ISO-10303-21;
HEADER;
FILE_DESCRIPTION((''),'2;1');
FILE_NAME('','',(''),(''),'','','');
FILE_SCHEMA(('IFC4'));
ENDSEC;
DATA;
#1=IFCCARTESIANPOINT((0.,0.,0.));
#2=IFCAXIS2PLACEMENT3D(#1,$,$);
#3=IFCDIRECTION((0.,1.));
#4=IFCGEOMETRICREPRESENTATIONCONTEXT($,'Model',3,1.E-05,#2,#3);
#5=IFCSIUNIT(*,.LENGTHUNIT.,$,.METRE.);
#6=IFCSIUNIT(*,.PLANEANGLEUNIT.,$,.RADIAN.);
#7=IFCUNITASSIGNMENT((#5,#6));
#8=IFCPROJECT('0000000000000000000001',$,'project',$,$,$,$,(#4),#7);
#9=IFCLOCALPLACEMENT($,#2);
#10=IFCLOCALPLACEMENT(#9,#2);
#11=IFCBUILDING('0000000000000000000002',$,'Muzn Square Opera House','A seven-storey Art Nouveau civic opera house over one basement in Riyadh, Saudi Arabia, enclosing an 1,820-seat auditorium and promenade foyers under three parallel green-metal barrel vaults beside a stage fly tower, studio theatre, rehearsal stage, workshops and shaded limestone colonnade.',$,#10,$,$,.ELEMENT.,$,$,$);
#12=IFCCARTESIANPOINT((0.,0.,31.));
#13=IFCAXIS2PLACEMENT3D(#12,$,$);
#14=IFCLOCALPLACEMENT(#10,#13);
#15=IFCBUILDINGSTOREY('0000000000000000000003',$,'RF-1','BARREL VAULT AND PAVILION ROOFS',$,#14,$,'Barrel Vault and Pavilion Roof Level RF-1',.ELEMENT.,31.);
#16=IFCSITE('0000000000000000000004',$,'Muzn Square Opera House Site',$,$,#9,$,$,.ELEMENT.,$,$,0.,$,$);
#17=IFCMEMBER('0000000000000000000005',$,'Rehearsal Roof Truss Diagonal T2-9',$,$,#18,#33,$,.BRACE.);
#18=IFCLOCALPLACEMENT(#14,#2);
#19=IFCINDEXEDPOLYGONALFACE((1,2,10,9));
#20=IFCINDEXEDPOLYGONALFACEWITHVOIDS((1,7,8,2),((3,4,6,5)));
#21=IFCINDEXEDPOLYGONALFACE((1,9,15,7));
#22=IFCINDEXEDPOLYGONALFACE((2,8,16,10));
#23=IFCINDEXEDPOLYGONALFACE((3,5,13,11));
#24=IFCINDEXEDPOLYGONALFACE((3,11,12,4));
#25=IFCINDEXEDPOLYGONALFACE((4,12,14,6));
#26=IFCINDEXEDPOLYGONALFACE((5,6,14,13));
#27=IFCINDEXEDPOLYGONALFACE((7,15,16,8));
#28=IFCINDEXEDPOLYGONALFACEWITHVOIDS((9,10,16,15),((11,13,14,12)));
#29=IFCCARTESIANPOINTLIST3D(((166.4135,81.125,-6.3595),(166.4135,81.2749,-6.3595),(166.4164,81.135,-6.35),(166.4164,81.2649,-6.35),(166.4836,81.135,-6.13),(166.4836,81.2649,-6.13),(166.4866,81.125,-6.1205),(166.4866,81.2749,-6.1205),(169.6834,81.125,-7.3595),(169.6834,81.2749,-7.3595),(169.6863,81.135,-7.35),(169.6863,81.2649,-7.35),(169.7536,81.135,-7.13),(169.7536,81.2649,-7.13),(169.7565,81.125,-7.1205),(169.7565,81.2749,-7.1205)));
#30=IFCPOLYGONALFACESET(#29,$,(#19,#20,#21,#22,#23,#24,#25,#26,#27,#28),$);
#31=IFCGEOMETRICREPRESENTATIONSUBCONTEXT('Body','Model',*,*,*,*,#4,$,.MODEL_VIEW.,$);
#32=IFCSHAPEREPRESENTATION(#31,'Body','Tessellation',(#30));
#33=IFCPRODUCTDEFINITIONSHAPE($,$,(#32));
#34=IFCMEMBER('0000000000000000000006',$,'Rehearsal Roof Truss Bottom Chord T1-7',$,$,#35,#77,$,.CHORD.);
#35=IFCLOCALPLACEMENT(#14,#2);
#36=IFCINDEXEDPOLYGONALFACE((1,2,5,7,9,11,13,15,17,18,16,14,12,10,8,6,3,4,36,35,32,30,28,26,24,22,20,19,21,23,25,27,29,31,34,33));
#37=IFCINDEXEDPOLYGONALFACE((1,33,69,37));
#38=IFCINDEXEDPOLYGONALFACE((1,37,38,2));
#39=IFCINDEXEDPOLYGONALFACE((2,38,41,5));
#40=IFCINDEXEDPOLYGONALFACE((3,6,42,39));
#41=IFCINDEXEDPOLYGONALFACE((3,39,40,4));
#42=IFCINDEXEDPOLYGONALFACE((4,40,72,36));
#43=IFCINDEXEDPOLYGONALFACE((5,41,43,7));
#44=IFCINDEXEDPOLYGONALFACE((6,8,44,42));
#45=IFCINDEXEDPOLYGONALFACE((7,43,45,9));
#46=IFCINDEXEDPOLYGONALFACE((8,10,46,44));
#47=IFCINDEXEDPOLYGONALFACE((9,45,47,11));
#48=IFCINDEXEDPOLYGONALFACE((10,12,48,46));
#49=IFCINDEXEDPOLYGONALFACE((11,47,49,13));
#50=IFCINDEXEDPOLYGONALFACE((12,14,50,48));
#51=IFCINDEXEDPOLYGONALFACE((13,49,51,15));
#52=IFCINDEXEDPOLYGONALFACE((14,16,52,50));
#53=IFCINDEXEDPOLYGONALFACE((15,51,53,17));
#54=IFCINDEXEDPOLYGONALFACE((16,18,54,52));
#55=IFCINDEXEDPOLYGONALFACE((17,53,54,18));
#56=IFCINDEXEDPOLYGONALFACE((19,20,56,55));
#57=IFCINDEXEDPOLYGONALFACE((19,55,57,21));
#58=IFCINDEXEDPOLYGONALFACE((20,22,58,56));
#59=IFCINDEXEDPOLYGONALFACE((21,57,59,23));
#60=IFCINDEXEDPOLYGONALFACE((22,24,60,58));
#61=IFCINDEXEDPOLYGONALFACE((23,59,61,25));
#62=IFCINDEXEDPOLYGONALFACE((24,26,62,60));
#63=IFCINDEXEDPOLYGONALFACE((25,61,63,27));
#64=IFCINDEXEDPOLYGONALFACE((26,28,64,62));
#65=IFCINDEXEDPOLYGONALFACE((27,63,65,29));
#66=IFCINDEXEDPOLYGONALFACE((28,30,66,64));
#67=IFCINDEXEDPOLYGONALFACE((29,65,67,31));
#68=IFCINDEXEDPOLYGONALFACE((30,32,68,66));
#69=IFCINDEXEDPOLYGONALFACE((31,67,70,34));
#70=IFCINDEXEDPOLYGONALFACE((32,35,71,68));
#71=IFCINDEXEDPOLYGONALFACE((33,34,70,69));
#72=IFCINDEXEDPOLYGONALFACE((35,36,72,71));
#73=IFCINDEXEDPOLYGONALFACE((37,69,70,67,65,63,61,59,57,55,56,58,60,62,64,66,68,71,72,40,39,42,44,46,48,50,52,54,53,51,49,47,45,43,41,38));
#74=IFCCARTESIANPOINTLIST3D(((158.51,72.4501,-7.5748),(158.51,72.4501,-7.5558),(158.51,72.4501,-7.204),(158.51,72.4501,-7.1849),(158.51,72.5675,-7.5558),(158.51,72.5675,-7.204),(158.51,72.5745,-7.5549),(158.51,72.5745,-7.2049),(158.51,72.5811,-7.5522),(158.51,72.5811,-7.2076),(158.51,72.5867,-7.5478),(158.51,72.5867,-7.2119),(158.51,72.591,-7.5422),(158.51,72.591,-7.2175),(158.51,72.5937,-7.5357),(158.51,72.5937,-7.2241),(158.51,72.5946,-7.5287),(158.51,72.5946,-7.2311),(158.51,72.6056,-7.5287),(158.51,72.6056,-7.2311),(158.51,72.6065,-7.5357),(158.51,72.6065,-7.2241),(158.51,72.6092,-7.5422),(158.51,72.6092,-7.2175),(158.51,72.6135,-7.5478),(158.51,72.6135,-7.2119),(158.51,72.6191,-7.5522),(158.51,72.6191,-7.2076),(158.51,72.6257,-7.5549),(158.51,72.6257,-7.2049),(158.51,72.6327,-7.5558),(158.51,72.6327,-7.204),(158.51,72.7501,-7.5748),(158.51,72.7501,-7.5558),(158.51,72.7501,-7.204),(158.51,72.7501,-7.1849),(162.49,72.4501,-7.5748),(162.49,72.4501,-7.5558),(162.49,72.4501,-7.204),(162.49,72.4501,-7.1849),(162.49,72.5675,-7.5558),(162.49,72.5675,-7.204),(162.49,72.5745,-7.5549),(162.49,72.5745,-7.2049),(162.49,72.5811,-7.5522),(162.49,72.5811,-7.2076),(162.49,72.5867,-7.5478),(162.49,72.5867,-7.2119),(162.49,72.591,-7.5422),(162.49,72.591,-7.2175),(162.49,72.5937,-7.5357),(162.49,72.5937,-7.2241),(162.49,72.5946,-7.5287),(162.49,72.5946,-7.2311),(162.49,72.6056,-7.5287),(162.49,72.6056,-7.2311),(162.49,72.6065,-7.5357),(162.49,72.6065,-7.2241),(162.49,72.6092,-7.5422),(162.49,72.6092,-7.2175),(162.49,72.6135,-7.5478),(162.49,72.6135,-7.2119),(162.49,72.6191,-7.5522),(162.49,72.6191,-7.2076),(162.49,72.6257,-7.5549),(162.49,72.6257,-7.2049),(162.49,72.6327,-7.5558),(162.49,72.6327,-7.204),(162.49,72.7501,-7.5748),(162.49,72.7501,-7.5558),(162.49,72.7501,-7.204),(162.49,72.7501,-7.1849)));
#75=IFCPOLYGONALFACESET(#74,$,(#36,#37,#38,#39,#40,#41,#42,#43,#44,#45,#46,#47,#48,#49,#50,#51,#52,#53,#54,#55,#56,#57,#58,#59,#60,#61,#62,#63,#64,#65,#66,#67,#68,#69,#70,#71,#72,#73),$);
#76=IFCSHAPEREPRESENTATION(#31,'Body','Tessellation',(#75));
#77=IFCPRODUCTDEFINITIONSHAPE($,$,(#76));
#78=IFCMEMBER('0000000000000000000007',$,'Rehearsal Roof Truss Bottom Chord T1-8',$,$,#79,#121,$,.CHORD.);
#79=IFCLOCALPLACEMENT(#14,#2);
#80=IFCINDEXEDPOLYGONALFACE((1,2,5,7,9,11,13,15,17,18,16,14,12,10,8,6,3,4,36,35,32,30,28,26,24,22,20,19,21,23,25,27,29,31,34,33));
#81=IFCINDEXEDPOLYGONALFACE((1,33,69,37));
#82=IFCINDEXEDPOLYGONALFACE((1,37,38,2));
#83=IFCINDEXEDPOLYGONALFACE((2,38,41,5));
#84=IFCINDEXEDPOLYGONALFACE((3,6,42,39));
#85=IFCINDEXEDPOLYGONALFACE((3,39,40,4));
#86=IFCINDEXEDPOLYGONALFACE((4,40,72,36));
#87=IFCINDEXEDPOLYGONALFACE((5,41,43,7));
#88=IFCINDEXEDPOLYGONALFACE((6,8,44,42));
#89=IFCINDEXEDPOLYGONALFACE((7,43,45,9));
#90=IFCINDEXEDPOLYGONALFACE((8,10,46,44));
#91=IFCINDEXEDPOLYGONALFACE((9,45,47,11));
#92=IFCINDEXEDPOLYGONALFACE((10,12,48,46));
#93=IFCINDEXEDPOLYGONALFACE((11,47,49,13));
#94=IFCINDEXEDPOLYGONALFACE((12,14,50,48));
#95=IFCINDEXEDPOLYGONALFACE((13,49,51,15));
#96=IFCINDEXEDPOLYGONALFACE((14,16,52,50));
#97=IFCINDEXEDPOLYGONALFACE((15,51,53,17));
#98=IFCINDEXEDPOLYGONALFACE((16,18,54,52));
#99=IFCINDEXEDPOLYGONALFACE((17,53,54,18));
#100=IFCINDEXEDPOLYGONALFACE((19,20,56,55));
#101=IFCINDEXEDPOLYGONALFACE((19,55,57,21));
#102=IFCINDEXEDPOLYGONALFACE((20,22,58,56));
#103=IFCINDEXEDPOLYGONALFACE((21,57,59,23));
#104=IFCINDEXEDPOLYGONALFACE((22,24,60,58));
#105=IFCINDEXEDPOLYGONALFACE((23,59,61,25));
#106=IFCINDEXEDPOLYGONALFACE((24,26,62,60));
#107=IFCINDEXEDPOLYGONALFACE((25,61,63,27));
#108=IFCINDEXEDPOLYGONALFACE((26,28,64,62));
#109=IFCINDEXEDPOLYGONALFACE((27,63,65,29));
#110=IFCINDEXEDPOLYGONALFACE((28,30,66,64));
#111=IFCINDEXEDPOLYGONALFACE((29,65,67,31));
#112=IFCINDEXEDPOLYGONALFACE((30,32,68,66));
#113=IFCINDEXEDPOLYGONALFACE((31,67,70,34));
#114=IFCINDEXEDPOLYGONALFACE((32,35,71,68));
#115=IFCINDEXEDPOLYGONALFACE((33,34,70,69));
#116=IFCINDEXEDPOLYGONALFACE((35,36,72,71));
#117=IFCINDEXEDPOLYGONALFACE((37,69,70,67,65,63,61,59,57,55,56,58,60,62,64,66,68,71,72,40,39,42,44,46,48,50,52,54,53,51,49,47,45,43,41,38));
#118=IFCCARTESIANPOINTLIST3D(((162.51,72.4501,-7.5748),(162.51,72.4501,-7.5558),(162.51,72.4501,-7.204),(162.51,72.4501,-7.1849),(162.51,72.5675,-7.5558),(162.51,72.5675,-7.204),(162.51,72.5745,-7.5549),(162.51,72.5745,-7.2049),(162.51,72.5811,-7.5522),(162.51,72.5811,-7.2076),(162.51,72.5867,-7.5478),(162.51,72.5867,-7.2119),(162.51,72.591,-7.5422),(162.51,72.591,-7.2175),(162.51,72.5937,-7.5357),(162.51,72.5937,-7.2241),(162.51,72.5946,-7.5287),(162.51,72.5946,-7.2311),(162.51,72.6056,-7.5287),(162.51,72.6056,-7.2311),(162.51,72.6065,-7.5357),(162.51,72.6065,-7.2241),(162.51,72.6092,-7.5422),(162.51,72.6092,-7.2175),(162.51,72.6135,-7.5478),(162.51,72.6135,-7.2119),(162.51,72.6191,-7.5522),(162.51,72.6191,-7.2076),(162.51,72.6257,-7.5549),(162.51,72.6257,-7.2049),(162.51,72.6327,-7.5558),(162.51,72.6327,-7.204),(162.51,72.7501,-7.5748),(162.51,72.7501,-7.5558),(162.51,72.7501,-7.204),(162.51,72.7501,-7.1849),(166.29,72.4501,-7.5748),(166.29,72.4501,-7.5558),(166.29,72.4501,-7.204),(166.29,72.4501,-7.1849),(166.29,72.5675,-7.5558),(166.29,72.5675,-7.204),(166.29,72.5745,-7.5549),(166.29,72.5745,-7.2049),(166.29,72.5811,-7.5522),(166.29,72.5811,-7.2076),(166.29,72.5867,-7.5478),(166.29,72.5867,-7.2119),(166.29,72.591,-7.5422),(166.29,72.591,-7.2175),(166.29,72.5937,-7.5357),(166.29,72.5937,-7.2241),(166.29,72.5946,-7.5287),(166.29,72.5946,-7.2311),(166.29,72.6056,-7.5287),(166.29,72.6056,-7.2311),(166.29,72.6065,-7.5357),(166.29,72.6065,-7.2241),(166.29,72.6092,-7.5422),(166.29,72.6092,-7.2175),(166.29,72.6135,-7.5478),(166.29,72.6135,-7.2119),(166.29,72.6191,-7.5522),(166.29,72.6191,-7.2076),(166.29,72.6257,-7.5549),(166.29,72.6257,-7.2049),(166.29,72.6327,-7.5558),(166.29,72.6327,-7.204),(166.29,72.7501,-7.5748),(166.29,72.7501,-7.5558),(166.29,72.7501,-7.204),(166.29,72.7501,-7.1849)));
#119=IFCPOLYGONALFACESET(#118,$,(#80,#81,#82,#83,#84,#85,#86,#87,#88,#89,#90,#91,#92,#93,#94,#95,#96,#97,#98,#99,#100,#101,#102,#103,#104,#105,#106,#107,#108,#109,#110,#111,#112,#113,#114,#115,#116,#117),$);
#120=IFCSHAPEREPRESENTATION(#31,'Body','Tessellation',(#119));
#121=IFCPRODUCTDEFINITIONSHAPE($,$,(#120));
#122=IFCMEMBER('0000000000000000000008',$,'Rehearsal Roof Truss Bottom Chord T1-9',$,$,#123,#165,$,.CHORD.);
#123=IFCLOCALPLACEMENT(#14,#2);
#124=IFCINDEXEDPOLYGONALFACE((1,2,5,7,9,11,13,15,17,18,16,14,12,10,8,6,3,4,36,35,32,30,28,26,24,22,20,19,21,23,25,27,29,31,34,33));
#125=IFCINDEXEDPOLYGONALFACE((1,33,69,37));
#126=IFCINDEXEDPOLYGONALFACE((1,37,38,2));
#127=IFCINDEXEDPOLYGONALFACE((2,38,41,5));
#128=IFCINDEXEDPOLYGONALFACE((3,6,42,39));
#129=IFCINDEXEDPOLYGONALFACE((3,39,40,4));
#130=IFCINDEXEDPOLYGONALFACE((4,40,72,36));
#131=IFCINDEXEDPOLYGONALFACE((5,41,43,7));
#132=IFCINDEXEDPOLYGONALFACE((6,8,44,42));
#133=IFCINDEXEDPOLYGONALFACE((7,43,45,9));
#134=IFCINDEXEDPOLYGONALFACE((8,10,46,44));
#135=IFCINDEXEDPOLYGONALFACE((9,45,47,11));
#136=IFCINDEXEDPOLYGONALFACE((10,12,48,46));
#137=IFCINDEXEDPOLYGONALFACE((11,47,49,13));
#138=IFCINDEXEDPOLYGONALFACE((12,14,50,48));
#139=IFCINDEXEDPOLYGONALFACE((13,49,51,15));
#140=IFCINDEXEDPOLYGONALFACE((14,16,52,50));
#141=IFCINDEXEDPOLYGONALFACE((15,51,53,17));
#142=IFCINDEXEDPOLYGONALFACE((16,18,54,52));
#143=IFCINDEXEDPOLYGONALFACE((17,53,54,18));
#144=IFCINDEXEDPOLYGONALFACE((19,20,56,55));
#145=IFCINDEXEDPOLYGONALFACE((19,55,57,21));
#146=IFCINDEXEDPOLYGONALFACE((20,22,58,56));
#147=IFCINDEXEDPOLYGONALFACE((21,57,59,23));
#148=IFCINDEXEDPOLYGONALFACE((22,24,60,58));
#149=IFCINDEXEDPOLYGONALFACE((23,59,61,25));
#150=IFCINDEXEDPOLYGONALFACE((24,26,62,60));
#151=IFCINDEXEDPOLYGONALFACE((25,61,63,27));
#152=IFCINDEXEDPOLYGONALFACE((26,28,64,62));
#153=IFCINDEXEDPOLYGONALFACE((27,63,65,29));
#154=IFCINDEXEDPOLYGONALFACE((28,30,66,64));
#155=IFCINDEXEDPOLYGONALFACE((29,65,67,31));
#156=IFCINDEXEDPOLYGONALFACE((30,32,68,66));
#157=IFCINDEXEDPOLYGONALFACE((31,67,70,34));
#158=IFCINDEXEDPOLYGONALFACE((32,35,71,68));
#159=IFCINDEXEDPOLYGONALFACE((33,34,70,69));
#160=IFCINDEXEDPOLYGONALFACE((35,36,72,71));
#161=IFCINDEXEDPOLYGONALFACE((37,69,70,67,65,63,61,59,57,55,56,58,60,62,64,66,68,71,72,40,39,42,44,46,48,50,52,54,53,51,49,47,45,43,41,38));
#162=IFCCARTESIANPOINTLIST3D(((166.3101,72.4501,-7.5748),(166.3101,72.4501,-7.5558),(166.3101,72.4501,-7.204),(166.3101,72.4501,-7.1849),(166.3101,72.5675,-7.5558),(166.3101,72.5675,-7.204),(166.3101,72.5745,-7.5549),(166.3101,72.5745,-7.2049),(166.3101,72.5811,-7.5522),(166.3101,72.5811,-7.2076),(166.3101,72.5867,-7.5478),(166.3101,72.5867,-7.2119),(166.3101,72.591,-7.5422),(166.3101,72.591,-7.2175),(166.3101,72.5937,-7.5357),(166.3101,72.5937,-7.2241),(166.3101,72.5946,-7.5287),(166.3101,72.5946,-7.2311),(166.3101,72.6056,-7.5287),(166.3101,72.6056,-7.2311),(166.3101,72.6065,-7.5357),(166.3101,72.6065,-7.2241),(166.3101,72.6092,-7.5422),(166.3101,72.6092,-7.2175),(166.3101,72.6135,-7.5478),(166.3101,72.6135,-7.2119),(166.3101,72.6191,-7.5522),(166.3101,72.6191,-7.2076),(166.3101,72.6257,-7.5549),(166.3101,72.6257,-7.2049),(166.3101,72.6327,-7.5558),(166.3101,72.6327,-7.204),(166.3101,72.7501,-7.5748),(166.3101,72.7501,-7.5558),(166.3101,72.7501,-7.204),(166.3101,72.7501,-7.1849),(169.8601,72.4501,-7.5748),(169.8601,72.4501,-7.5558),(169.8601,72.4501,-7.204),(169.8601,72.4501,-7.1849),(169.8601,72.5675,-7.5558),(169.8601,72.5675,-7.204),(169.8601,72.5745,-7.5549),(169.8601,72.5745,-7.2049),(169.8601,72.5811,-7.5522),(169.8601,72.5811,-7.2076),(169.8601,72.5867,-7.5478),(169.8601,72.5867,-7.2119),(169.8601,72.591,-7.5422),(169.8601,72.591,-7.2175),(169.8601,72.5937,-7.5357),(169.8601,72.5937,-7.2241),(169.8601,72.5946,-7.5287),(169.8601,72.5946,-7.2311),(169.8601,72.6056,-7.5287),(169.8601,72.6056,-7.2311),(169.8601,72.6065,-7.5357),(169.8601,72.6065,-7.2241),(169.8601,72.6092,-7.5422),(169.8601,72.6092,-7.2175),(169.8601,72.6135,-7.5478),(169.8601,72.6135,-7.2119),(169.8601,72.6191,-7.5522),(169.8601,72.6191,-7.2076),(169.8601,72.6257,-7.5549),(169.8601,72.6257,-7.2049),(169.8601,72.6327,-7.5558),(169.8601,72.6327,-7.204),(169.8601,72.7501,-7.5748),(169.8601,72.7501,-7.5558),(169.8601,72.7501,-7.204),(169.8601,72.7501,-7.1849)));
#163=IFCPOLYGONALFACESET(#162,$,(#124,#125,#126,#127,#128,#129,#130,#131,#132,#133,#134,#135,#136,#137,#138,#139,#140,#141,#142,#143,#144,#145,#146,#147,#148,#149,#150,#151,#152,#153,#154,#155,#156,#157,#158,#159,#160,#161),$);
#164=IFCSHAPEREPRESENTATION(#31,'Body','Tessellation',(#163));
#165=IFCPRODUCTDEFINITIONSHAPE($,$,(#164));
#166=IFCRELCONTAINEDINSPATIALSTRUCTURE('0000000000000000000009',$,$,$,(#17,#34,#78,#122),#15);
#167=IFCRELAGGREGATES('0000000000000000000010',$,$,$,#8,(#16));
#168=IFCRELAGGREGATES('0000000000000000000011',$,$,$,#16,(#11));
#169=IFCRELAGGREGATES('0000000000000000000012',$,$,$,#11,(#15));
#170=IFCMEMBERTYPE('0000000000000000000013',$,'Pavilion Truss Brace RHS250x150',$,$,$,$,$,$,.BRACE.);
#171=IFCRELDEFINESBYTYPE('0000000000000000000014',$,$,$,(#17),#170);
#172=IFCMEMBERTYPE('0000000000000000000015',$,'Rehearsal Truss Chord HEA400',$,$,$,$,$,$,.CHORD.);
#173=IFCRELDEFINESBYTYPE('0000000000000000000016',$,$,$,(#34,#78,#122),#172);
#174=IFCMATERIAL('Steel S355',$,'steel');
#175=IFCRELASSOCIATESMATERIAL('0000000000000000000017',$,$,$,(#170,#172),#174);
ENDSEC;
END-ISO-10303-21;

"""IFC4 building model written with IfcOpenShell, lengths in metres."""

from ifc_helpers import new_model, si_unit, direction, frame, origin, origin_2d, place, context, subcontext, project, spatial, hollow_rectangle, i_section, extrude, material, material_profile, profile_set, type_object, element, save


model = new_model("IFC4")

# Units and contexts
model_context = context("Model", 3, precision=1e-05, world=origin(), true_north=direction((0.0, 1.0)))
body_context = subcontext(model_context, "Body", "Model", "MODEL_VIEW")
ifc_project = project(units=[si_unit("LENGTHUNIT", "METRE"), si_unit("PLANEANGLEUNIT", "RADIAN")], contexts=[model_context])

# Site, building, storey
site_placement = place(None, origin())
site = spatial("IfcSite", under=ifc_project, at=site_placement, Name="Muzn Square Opera House Site", CompositionType="ELEMENT", RefElevation=0.0)
building_placement = place(site_placement, origin())
building = spatial("IfcBuilding", under=site, at=building_placement, Name="Muzn Square Opera House", Description="A seven-storey Art Nouveau civic opera house over one basement in Riyadh, Saudi Arabia, enclosing an 1,820-seat auditorium and promenade foyers under three parallel green-metal barrel vaults beside a stage fly tower, studio theatre, rehearsal stage, workshops and shaded limestone colonnade.", CompositionType="ELEMENT")
storey_placement = place(building_placement, frame((0.0, 0.0, 31.0)))
storey = spatial("IfcBuildingStorey", under=building, at=storey_placement, Name="RF-1", Description="BARREL VAULT AND PAVILION ROOFS", LongName="Barrel Vault and Pavilion Roof Level RF-1", CompositionType="ELEMENT", Elevation=31.0)

# Shared definitions
ifc_material = material(Name="Steel S355", Category="steel")

# Members
ifc_material_profile_1 = material_profile(ifc_material, hollow_rectangle(XDim=0.1499, YDim=0.25, WallThickness=0.01, at=origin_2d()), Name="RHS 250x150x10", Category="steel")
ifc_profile_set_1 = profile_set([ifc_material_profile_1], Name="Steel S355")
member_type_1 = type_object("IfcMemberType", Name="Pavilion Truss Brace RHS250x150", PredefinedType="BRACE", material=ifc_profile_set_1)
for number, where, z_axis, x_axis, name in (
    (1, (169.72, 81.2, -7.24), (-0.956284, 0.0, 0.29244), (0.0, -1.0, 0.0), "Rehearsal Roof Truss Diagonal T2-9"),
):
    element("IfcMember", number, at=place(storey_placement, frame(where, z_axis=z_axis, x_axis=x_axis)), inside=storey, type_object=member_type_1, Name=name, PredefinedType="BRACE", context=body_context, shape_type="SweptSolid", body=[
        extrude(hollow_rectangle(XDim=0.1499, YDim=0.25, WallThickness=0.01, at=origin_2d()), origin(), (0.0, 0.0, 1.0), 3.4194),
    ])
ifc_material_profile_2 = material_profile(ifc_material, i_section(OverallWidth=0.3, OverallDepth=0.3899, WebThickness=0.011, FlangeThickness=0.019, FilletRadius=0.0271, at=origin_2d()), Name="HEA 400", Category="steel")
ifc_profile_set_2 = profile_set([ifc_material_profile_2], Name="Steel S355")
member_type_2 = type_object("IfcMemberType", Name="Rehearsal Truss Chord HEA400", PredefinedType="CHORD", material=ifc_profile_set_2)
member_1_placement = place(storey_placement, frame((158.51, 72.6001, -7.3799), z_axis=(1.0, 0.0, 0.0), x_axis=(0.0, 1.0, 0.0)))
element("IfcMember", 2, at=member_1_placement, inside=storey, type_object=member_type_2, Name="Rehearsal Roof Truss Bottom Chord T1-7", PredefinedType="CHORD", context=body_context, shape_type="SweptSolid", body=[
    extrude(i_section(OverallWidth=0.3, OverallDepth=0.3899, WebThickness=0.011, FlangeThickness=0.019, FilletRadius=0.0271, at=origin_2d()), origin(), (0.0, 0.0, 1.0), 3.98),
])
member_2_placement = place(storey_placement, frame((162.51, 72.6001, -7.3799), z_axis=(1.0, 0.0, 0.0), x_axis=(0.0, 1.0, 0.0)))
element("IfcMember", 3, at=member_2_placement, inside=storey, type_object=member_type_2, Name="Rehearsal Roof Truss Bottom Chord T1-8", PredefinedType="CHORD", context=body_context, shape_type="SweptSolid", body=[
    extrude(i_section(OverallWidth=0.3, OverallDepth=0.3899, WebThickness=0.011, FlangeThickness=0.019, FilletRadius=0.0271, at=origin_2d()), origin(), (0.0, 0.0, 1.0), 3.78),
])
member_3_placement = place(storey_placement, frame((166.3101, 72.6001, -7.3799), z_axis=(1.0, 0.0, 0.0), x_axis=(0.0, 1.0, 0.0)))
element("IfcMember", 4, at=member_3_placement, inside=storey, type_object=member_type_2, Name="Rehearsal Roof Truss Bottom Chord T1-9", PredefinedType="CHORD", context=body_context, shape_type="SweptSolid", body=[
    extrude(i_section(OverallWidth=0.3, OverallDepth=0.3899, WebThickness=0.011, FlangeThickness=0.019, FilletRadius=0.0271, at=origin_2d()), origin(), (0.0, 0.0, 1.0), 3.55),
])

save(model, "model.ifc")
